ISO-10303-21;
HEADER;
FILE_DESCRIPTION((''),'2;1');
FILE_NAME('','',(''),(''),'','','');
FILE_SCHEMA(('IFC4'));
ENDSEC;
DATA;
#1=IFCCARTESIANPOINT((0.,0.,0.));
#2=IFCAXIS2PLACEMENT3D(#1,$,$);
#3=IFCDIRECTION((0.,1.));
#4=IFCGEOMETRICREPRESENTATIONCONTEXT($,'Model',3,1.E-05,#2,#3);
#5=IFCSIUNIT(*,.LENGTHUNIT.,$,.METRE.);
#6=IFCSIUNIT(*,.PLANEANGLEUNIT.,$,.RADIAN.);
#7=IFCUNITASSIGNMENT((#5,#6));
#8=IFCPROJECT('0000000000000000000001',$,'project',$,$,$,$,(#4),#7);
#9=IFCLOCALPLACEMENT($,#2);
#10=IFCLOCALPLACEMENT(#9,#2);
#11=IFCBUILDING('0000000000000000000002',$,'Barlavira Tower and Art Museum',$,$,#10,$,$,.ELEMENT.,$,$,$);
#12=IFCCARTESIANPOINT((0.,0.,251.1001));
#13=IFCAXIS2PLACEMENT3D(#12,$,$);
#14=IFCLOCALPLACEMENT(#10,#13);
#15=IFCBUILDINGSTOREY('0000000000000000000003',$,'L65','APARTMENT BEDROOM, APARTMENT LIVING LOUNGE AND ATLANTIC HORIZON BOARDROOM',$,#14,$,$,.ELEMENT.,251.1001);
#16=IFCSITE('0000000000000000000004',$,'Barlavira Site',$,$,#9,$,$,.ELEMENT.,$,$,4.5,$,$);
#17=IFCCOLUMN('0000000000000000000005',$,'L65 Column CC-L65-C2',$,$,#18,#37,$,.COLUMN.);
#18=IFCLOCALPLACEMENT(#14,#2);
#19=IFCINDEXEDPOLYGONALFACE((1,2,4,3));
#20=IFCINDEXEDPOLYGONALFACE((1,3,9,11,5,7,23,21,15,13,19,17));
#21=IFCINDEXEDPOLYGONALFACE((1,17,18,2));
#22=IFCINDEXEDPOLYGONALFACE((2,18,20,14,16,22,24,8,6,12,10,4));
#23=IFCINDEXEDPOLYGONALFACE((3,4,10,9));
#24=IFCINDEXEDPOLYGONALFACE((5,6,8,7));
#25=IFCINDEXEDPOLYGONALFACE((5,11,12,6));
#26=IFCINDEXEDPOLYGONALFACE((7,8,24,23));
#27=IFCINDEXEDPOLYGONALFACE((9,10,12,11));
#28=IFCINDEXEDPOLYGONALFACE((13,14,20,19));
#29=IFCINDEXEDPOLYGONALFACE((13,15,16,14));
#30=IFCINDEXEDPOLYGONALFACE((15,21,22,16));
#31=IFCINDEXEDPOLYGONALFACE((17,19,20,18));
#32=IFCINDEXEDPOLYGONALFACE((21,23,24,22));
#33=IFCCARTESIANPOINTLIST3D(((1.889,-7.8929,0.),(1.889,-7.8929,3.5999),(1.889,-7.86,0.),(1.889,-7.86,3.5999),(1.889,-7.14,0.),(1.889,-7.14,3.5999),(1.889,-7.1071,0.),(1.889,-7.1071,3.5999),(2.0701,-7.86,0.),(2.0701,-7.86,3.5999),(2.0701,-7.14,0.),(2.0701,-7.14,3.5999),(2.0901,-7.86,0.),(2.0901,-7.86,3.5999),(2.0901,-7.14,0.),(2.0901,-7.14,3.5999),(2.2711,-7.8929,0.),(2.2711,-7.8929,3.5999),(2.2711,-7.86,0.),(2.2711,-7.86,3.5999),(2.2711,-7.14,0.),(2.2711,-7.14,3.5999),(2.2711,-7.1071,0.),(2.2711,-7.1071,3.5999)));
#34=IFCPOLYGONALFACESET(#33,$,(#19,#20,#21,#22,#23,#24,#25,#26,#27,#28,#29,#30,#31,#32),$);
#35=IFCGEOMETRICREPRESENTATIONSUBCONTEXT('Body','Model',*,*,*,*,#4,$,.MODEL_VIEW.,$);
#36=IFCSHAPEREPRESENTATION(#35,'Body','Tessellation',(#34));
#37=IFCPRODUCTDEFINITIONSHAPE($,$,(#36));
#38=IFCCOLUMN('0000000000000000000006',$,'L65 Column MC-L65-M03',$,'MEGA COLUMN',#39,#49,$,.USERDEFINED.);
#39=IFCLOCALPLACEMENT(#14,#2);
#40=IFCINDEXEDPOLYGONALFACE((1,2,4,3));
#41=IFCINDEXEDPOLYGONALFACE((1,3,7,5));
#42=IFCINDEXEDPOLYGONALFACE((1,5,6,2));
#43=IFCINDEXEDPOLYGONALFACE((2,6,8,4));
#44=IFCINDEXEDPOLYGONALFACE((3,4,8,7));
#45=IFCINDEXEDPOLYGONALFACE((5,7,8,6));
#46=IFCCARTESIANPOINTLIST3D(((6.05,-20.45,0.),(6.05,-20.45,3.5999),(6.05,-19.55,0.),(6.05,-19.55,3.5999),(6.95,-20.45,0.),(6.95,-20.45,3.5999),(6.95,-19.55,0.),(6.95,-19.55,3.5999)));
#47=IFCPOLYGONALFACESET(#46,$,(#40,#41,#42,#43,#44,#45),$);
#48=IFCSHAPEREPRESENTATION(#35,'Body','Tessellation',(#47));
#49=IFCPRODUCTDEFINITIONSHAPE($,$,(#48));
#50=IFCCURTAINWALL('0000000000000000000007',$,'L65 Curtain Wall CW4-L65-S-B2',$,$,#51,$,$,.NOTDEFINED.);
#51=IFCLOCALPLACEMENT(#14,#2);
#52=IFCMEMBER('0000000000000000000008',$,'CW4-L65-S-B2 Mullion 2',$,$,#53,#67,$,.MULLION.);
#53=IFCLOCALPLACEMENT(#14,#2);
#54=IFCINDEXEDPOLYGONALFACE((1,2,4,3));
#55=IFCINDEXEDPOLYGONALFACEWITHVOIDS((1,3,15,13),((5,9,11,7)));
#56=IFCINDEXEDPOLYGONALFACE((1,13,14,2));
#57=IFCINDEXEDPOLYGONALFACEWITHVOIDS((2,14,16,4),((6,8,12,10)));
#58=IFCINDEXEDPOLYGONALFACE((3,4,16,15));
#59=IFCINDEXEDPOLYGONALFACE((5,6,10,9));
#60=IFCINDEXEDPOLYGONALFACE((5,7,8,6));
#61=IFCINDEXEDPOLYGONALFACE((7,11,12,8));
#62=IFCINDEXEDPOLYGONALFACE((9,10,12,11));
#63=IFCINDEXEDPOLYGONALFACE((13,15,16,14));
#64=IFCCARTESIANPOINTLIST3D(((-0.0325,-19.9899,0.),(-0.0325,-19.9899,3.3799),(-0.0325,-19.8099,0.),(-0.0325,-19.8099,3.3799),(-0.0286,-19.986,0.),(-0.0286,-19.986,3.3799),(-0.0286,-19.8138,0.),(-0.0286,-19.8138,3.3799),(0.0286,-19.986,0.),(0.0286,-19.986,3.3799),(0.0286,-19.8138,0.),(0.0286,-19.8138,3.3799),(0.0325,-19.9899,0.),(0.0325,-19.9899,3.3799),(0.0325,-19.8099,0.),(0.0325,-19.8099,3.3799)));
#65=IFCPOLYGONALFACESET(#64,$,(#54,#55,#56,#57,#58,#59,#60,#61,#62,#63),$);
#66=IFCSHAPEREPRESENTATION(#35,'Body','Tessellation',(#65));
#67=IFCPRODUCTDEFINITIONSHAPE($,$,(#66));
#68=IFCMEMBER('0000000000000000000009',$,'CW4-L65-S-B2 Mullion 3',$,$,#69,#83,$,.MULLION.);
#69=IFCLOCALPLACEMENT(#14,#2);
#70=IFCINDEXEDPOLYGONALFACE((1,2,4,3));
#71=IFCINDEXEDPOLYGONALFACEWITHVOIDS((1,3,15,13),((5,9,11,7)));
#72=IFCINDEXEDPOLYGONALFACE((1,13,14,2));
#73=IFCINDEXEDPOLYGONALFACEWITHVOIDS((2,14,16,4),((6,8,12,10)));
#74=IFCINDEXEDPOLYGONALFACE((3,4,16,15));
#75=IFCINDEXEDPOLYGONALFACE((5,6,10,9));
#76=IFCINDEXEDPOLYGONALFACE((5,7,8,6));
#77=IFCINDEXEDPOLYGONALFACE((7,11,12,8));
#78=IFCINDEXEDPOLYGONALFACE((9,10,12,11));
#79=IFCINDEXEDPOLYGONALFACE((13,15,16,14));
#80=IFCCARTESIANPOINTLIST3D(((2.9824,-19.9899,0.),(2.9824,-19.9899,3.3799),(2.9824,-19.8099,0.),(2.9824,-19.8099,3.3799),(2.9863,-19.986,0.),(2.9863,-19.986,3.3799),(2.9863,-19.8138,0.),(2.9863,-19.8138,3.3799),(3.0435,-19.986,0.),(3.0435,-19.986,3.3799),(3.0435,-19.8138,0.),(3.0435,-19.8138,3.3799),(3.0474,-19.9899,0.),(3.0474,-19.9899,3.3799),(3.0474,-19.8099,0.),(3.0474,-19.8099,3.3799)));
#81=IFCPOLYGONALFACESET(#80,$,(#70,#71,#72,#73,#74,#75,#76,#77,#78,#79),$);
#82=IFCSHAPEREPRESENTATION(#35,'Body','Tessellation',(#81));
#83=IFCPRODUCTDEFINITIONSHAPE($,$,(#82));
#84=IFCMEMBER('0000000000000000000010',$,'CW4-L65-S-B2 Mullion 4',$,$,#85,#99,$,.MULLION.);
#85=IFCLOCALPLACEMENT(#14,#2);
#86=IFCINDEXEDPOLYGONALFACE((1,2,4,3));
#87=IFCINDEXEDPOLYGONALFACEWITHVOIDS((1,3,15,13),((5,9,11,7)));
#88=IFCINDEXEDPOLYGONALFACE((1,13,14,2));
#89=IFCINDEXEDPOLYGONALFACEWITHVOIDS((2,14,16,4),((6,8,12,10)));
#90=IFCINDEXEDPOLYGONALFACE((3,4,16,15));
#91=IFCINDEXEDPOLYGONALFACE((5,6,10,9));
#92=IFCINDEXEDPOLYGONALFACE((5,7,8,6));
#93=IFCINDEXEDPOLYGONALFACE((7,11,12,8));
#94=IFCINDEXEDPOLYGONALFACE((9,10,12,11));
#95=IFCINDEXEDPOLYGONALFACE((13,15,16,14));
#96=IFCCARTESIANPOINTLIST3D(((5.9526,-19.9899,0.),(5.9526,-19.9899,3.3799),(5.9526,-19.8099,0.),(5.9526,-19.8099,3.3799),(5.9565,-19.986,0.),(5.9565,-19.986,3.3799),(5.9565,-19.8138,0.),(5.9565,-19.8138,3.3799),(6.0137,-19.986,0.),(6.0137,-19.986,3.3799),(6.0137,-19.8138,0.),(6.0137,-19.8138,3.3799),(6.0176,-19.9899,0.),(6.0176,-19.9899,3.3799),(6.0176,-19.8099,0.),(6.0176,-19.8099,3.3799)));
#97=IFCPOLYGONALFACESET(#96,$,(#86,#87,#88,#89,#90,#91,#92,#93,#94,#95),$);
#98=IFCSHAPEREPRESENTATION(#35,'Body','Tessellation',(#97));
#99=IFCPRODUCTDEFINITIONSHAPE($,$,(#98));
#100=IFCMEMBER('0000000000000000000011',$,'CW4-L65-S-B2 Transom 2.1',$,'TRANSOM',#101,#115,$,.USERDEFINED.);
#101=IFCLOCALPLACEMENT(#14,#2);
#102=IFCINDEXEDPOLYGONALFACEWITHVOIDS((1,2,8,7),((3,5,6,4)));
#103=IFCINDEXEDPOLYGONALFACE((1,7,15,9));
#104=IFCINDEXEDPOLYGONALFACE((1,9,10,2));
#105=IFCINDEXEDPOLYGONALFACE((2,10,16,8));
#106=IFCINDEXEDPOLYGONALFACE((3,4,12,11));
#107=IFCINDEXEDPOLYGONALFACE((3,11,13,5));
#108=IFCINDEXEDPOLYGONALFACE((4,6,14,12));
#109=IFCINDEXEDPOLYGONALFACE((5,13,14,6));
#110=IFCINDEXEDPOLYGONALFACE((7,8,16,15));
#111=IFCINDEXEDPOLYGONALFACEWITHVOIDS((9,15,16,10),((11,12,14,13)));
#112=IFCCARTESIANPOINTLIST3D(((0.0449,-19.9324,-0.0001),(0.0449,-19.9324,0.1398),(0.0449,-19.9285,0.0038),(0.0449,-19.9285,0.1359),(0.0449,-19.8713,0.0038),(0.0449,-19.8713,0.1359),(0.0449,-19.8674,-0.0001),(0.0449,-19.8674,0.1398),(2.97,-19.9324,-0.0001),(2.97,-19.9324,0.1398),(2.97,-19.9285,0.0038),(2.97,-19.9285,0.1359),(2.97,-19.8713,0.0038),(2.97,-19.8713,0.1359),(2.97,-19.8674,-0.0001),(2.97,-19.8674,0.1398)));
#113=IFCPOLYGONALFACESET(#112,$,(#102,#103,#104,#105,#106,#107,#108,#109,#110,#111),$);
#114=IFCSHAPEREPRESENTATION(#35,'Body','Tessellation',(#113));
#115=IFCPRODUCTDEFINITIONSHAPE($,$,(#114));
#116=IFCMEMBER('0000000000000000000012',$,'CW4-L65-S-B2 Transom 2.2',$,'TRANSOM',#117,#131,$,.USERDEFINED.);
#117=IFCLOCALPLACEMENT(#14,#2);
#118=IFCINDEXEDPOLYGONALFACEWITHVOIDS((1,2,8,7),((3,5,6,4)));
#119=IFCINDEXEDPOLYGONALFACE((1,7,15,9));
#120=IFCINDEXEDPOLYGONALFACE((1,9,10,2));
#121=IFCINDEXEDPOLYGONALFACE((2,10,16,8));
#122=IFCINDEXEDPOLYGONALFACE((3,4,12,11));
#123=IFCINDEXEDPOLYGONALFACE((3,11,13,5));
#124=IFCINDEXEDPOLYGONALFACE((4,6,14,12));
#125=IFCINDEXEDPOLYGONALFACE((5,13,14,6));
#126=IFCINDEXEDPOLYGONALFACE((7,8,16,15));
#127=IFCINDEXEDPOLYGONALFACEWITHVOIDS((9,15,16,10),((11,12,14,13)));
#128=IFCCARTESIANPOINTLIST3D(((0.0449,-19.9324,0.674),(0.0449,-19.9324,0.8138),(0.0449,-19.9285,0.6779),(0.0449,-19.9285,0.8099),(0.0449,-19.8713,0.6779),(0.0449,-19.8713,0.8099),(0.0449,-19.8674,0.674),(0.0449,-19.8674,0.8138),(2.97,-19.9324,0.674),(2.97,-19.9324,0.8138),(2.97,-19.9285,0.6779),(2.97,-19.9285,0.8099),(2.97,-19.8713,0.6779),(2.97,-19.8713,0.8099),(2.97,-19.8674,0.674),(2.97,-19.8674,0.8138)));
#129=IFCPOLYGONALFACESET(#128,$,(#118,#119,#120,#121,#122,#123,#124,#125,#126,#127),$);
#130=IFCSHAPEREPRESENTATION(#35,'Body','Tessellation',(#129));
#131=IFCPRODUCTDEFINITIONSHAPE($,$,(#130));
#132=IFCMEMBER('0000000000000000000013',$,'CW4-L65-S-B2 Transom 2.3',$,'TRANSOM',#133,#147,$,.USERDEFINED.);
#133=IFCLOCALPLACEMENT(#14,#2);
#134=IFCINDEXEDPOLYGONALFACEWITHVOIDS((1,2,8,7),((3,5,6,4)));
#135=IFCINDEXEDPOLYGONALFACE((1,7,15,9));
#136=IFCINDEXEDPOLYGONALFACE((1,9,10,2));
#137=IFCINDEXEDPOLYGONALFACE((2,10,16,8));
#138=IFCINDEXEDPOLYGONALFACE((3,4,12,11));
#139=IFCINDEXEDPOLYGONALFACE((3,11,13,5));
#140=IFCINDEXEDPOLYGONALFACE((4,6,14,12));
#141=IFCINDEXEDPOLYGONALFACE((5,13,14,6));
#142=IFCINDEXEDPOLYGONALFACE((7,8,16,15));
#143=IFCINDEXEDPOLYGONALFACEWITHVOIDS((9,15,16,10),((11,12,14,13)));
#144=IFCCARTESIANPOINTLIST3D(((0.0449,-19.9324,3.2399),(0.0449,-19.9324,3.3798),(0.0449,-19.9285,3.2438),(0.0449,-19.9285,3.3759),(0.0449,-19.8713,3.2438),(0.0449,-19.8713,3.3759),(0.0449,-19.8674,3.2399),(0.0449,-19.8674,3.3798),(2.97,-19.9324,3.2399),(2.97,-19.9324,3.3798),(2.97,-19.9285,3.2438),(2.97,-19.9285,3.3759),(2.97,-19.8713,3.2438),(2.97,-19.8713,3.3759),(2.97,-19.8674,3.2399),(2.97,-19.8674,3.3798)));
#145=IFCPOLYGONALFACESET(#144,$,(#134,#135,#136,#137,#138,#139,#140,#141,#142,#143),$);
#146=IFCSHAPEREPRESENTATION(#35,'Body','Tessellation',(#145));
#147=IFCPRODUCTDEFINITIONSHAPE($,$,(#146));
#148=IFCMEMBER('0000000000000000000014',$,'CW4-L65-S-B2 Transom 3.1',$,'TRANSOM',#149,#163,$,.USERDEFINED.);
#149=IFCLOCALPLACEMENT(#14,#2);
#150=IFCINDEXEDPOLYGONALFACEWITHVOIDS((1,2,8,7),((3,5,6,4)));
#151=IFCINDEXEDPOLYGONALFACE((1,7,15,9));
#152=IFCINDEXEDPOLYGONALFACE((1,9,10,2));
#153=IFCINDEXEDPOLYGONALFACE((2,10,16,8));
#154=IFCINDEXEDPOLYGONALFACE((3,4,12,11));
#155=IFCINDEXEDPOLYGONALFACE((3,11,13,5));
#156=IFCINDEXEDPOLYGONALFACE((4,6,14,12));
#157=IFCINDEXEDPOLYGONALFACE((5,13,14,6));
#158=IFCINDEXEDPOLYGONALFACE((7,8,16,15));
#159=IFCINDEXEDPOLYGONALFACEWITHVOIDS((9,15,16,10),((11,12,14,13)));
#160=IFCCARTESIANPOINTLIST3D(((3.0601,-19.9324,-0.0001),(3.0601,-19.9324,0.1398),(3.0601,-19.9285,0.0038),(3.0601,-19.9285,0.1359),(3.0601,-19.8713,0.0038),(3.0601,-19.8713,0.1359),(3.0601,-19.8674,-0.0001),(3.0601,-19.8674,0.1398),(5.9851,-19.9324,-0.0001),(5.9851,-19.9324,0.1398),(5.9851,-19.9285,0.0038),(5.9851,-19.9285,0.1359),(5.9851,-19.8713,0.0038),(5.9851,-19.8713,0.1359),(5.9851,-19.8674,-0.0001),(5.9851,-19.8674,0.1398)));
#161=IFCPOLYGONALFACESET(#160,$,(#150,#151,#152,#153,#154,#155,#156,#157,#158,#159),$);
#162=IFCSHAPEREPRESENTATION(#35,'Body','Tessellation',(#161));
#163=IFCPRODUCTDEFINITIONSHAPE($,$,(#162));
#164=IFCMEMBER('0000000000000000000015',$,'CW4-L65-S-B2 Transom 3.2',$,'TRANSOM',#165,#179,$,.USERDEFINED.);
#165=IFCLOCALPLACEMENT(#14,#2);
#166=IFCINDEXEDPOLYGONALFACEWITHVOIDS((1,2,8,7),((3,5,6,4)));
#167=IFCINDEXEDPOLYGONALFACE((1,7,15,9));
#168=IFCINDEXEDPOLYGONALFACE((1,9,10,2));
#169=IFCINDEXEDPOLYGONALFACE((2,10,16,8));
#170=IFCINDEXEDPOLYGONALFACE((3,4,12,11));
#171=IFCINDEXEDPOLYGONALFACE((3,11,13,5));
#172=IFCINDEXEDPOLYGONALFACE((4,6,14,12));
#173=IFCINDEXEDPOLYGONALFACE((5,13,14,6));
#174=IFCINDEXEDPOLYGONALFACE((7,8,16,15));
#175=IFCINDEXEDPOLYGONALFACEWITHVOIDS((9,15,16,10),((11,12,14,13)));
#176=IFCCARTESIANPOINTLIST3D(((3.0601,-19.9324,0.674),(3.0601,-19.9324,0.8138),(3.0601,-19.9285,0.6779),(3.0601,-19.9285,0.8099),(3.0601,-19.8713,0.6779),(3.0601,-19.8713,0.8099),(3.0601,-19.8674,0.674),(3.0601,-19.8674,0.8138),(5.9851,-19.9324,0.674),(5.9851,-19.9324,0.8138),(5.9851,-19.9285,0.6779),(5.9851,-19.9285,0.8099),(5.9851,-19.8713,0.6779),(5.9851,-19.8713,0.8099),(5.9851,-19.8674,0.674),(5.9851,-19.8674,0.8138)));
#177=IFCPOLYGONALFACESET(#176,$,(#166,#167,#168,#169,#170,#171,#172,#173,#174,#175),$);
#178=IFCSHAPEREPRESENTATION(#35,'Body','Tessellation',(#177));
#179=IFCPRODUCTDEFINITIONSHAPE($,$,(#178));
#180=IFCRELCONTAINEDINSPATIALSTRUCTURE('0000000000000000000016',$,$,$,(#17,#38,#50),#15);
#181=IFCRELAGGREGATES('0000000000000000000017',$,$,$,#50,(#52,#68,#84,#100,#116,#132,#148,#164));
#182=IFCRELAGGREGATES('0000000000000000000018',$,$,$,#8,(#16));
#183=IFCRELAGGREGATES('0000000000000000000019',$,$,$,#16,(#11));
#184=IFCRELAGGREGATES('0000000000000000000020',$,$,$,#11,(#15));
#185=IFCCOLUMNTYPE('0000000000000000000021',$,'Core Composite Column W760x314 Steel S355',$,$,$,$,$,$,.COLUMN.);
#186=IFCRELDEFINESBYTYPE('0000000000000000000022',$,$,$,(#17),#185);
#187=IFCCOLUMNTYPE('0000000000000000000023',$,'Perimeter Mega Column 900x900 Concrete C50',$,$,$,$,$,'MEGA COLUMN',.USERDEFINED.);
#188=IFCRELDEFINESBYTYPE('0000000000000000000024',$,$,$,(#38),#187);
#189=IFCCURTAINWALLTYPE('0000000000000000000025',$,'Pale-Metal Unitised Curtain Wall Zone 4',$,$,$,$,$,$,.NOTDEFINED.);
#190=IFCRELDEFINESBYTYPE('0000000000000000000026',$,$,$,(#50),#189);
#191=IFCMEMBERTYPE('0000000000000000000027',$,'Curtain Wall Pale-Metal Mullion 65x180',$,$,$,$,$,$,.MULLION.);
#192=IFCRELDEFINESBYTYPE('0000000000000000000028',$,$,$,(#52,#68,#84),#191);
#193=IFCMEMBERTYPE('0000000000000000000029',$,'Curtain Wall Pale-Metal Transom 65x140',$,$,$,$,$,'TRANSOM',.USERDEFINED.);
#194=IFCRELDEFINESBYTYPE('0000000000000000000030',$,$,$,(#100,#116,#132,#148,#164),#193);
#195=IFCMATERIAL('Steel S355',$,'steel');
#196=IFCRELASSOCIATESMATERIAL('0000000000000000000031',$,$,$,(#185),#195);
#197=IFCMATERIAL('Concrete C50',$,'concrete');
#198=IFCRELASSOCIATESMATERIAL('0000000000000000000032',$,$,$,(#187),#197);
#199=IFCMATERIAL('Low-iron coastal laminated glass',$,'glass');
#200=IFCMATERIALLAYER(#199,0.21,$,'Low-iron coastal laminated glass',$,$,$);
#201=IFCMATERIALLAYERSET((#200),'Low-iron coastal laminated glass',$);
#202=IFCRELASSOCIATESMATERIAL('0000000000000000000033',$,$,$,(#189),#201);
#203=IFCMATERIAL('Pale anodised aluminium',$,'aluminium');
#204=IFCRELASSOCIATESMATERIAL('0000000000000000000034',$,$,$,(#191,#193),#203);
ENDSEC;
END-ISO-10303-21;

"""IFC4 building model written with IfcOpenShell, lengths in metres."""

from ifc_helpers import new_model, si_unit, direction, frame, origin, origin_2d, place, context, subcontext, project, spatial, rectangle, hollow_rectangle, i_section, extrude, material, layer, layer_set, material_profile, profile_set, type_object, element, aggregate, save


model = new_model("IFC4")

# Units and contexts
model_context = context("Model", 3, precision=1e-05, world=origin(), true_north=direction((0.0, 1.0)))
body_context = subcontext(model_context, "Body", "Model", "MODEL_VIEW")
ifc_project = project(units=[si_unit("LENGTHUNIT", "METRE"), si_unit("PLANEANGLEUNIT", "RADIAN")], contexts=[model_context])

# Site, building, storey
site_placement = place(None, origin())
site = spatial("IfcSite", under=ifc_project, at=site_placement, Name="Barlavira Site", CompositionType="ELEMENT", RefElevation=4.5)
building_placement = place(site_placement, origin())
building = spatial("IfcBuilding", under=site, at=building_placement, Name="Barlavira Tower and Art Museum", CompositionType="ELEMENT")
storey_placement = place(building_placement, frame((0.0, 0.0, 251.1001)))
storey = spatial("IfcBuildingStorey", under=building, at=storey_placement, Name="L65", Description="APARTMENT BEDROOM, APARTMENT LIVING LOUNGE AND ATLANTIC HORIZON BOARDROOM", CompositionType="ELEMENT", Elevation=251.1001)

# Columns
ifc_material_1 = material(Name="Steel S355", Category="steel")
ifc_material_profile_1 = material_profile(ifc_material_1, i_section(OverallWidth=0.3821, OverallDepth=0.7859, WebThickness=0.02, FlangeThickness=0.033, at=origin_2d()), Name="W760x314.0")
ifc_profile_set_1 = profile_set([ifc_material_profile_1], Name="Steel S355")
column_type_1 = type_object("IfcColumnType", Name="Core Composite Column W760x314 Steel S355", PredefinedType="COLUMN", material=ifc_profile_set_1)
column_1_placement = place(storey_placement, frame((2.0801, -7.5, 0.0), z_axis=(0.0, 0.0, 1.0), x_axis=(1.0, 0.0, 0.0)))
element("IfcColumn", 1, at=column_1_placement, inside=storey, type_object=column_type_1, Name="L65 Column CC-L65-C2", PredefinedType="COLUMN", context=body_context, shape_type="SweptSolid", body=[
    extrude(i_section(OverallWidth=0.3821, OverallDepth=0.7859, WebThickness=0.02, FlangeThickness=0.033, at=origin_2d()), origin(), (0.0, 0.0, 1.0), 3.5999),
])
ifc_material_2 = material(Name="Concrete C50", Category="concrete")
ifc_material_profile_2 = material_profile(ifc_material_2, rectangle(XDim=0.8999, YDim=0.8999, at=origin_2d()), Name="RC-COL 900x900")
ifc_profile_set_2 = profile_set([ifc_material_profile_2], Name="Concrete C50")
column_type_2 = type_object("IfcColumnType", Name="Perimeter Mega Column 900x900 Concrete C50", ElementType="MEGA COLUMN", PredefinedType="USERDEFINED", material=ifc_profile_set_2)
column_2_placement = place(storey_placement, frame((6.5, -20.0, 0.0), z_axis=(0.0, 0.0, 1.0), x_axis=(1.0, 0.0, 0.0)))
element("IfcColumn", 2, at=column_2_placement, inside=storey, type_object=column_type_2, Name="L65 Column MC-L65-M03", ObjectType="MEGA COLUMN", PredefinedType="USERDEFINED", context=body_context, shape_type="SweptSolid", body=[
    extrude(rectangle(XDim=0.8999, YDim=0.8999, at=origin_2d()), origin(), (0.0, 0.0, 1.0), 3.5999),
])

# Curtain wall, members
ifc_material_3 = material(Name="Low-iron coastal laminated glass", Category="glass")
ifc_layer_1 = layer(ifc_material_3, 0.21, Name="Low-iron coastal laminated glass")
ifc_layer_set_1 = layer_set([ifc_layer_1], Name="Low-iron coastal laminated glass")
curtain_wall_type = type_object("IfcCurtainWallType", Name="Pale-Metal Unitised Curtain Wall Zone 4", PredefinedType="NOTDEFINED", material=ifc_layer_set_1)
curtain_wall_placement = place(storey_placement, origin())
curtain_wall = element("IfcCurtainWall", 3, at=curtain_wall_placement, inside=storey, type_object=curtain_wall_type, Name="L65 Curtain Wall CW4-L65-S-B2", PredefinedType="NOTDEFINED")
ifc_material_4 = material(Name="Pale anodised aluminium", Category="aluminium")
ifc_material_profile_3 = material_profile(ifc_material_4, hollow_rectangle(XDim=0.0649, YDim=0.1799, WallThickness=0.0039, at=origin_2d()), Name="ALU-MULL 65x180x4")
ifc_profile_set_3 = profile_set([ifc_material_profile_3], Name="Pale anodised aluminium")
member_type_1 = type_object("IfcMemberType", Name="Curtain Wall Pale-Metal Mullion 65x180", PredefinedType="MULLION", material=ifc_profile_set_3)
member_1_placement = place(storey_placement, frame((0.0, -19.8999, 0.0), z_axis=(0.0, 0.0, 1.0), x_axis=(1.0, 0.0, 0.0)))
member_1 = element("IfcMember", 4, at=member_1_placement, type_object=member_type_1, Name="CW4-L65-S-B2 Mullion 2", PredefinedType="MULLION", context=body_context, shape_type="SweptSolid", body=[
    extrude(hollow_rectangle(XDim=0.0649, YDim=0.1799, WallThickness=0.0039, at=origin_2d()), origin(), (0.0, 0.0, 1.0), 3.3799),
])
member_2_placement = place(storey_placement, frame((3.0149, -19.8999, 0.0), z_axis=(0.0, 0.0, 1.0), x_axis=(1.0, 0.0, 0.0)))
member_2 = element("IfcMember", 5, at=member_2_placement, type_object=member_type_1, Name="CW4-L65-S-B2 Mullion 3", PredefinedType="MULLION", context=body_context, shape_type="SweptSolid", body=[
    extrude(hollow_rectangle(XDim=0.0649, YDim=0.1799, WallThickness=0.0039, at=origin_2d()), origin(), (0.0, 0.0, 1.0), 3.3799),
])
member_3_placement = place(storey_placement, frame((5.9851, -19.8999, 0.0), z_axis=(0.0, 0.0, 1.0), x_axis=(1.0, 0.0, 0.0)))
member_3 = element("IfcMember", 6, at=member_3_placement, type_object=member_type_1, Name="CW4-L65-S-B2 Mullion 4", PredefinedType="MULLION", context=body_context, shape_type="SweptSolid", body=[
    extrude(hollow_rectangle(XDim=0.0649, YDim=0.1799, WallThickness=0.0039, at=origin_2d()), origin(), (0.0, 0.0, 1.0), 3.3799),
])
ifc_material_profile_4 = material_profile(ifc_material_4, hollow_rectangle(XDim=0.0649, YDim=0.1399, WallThickness=0.0039, at=origin_2d()), Name="ALU-TRAN 65x140x4")
ifc_profile_set_4 = profile_set([ifc_material_profile_4], Name="Pale anodised aluminium")
member_type_2 = type_object("IfcMemberType", Name="Curtain Wall Pale-Metal Transom 65x140", ElementType="TRANSOM", PredefinedType="USERDEFINED", material=ifc_profile_set_4)
member_4_placement = place(storey_placement, frame((0.0449, -19.8999, 0.0698), z_axis=(1.0, 0.0, 0.0), x_axis=(0.0, 1.0, 0.0)))
member_4 = element("IfcMember", 7, at=member_4_placement, type_object=member_type_2, Name="CW4-L65-S-B2 Transom 2.1", ObjectType="TRANSOM", PredefinedType="USERDEFINED", context=body_context, shape_type="SweptSolid", body=[
    extrude(hollow_rectangle(XDim=0.0649, YDim=0.1399, WallThickness=0.0039, at=origin_2d()), origin(), (0.0, 0.0, 1.0), 2.925),
])
member_5_placement = place(storey_placement, frame((0.0449, -19.8999, 0.7439), z_axis=(1.0, 0.0, 0.0), x_axis=(0.0, 1.0, 0.0)))
member_5 = element("IfcMember", 8, at=member_5_placement, type_object=member_type_2, Name="CW4-L65-S-B2 Transom 2.2", ObjectType="TRANSOM", PredefinedType="USERDEFINED", context=body_context, shape_type="SweptSolid", body=[
    extrude(hollow_rectangle(XDim=0.0649, YDim=0.1399, WallThickness=0.0039, at=origin_2d()), origin(), (0.0, 0.0, 1.0), 2.925),
])
member_6_placement = place(storey_placement, frame((0.0449, -19.8999, 3.3098), z_axis=(1.0, 0.0, 0.0), x_axis=(0.0, 1.0, 0.0)))
member_6 = element("IfcMember", 9, at=member_6_placement, type_object=member_type_2, Name="CW4-L65-S-B2 Transom 2.3", ObjectType="TRANSOM", PredefinedType="USERDEFINED", context=body_context, shape_type="SweptSolid", body=[
    extrude(hollow_rectangle(XDim=0.0649, YDim=0.1399, WallThickness=0.0039, at=origin_2d()), origin(), (0.0, 0.0, 1.0), 2.925),
])
member_7_placement = place(storey_placement, frame((3.0601, -19.8999, 0.0698), z_axis=(1.0, 0.0, 0.0), x_axis=(0.0, 1.0, 0.0)))
member_7 = element("IfcMember", 10, at=member_7_placement, type_object=member_type_2, Name="CW4-L65-S-B2 Transom 3.1", ObjectType="TRANSOM", PredefinedType="USERDEFINED", context=body_context, shape_type="SweptSolid", body=[
    extrude(hollow_rectangle(XDim=0.0649, YDim=0.1399, WallThickness=0.0039, at=origin_2d()), origin(), (0.0, 0.0, 1.0), 2.925),
])
member_8_placement = place(storey_placement, frame((3.0601, -19.8999, 0.7439), z_axis=(1.0, 0.0, 0.0), x_axis=(0.0, 1.0, 0.0)))
member_8 = element("IfcMember", 11, at=member_8_placement, type_object=member_type_2, Name="CW4-L65-S-B2 Transom 3.2", ObjectType="TRANSOM", PredefinedType="USERDEFINED", context=body_context, shape_type="SweptSolid", body=[
    extrude(hollow_rectangle(XDim=0.0649, YDim=0.1399, WallThickness=0.0039, at=origin_2d()), origin(), (0.0, 0.0, 1.0), 2.925),
])

aggregate(curtain_wall, [member_1, member_2, member_3, member_4, member_5, member_6, member_7, member_8])

save(model, "model.ifc")
